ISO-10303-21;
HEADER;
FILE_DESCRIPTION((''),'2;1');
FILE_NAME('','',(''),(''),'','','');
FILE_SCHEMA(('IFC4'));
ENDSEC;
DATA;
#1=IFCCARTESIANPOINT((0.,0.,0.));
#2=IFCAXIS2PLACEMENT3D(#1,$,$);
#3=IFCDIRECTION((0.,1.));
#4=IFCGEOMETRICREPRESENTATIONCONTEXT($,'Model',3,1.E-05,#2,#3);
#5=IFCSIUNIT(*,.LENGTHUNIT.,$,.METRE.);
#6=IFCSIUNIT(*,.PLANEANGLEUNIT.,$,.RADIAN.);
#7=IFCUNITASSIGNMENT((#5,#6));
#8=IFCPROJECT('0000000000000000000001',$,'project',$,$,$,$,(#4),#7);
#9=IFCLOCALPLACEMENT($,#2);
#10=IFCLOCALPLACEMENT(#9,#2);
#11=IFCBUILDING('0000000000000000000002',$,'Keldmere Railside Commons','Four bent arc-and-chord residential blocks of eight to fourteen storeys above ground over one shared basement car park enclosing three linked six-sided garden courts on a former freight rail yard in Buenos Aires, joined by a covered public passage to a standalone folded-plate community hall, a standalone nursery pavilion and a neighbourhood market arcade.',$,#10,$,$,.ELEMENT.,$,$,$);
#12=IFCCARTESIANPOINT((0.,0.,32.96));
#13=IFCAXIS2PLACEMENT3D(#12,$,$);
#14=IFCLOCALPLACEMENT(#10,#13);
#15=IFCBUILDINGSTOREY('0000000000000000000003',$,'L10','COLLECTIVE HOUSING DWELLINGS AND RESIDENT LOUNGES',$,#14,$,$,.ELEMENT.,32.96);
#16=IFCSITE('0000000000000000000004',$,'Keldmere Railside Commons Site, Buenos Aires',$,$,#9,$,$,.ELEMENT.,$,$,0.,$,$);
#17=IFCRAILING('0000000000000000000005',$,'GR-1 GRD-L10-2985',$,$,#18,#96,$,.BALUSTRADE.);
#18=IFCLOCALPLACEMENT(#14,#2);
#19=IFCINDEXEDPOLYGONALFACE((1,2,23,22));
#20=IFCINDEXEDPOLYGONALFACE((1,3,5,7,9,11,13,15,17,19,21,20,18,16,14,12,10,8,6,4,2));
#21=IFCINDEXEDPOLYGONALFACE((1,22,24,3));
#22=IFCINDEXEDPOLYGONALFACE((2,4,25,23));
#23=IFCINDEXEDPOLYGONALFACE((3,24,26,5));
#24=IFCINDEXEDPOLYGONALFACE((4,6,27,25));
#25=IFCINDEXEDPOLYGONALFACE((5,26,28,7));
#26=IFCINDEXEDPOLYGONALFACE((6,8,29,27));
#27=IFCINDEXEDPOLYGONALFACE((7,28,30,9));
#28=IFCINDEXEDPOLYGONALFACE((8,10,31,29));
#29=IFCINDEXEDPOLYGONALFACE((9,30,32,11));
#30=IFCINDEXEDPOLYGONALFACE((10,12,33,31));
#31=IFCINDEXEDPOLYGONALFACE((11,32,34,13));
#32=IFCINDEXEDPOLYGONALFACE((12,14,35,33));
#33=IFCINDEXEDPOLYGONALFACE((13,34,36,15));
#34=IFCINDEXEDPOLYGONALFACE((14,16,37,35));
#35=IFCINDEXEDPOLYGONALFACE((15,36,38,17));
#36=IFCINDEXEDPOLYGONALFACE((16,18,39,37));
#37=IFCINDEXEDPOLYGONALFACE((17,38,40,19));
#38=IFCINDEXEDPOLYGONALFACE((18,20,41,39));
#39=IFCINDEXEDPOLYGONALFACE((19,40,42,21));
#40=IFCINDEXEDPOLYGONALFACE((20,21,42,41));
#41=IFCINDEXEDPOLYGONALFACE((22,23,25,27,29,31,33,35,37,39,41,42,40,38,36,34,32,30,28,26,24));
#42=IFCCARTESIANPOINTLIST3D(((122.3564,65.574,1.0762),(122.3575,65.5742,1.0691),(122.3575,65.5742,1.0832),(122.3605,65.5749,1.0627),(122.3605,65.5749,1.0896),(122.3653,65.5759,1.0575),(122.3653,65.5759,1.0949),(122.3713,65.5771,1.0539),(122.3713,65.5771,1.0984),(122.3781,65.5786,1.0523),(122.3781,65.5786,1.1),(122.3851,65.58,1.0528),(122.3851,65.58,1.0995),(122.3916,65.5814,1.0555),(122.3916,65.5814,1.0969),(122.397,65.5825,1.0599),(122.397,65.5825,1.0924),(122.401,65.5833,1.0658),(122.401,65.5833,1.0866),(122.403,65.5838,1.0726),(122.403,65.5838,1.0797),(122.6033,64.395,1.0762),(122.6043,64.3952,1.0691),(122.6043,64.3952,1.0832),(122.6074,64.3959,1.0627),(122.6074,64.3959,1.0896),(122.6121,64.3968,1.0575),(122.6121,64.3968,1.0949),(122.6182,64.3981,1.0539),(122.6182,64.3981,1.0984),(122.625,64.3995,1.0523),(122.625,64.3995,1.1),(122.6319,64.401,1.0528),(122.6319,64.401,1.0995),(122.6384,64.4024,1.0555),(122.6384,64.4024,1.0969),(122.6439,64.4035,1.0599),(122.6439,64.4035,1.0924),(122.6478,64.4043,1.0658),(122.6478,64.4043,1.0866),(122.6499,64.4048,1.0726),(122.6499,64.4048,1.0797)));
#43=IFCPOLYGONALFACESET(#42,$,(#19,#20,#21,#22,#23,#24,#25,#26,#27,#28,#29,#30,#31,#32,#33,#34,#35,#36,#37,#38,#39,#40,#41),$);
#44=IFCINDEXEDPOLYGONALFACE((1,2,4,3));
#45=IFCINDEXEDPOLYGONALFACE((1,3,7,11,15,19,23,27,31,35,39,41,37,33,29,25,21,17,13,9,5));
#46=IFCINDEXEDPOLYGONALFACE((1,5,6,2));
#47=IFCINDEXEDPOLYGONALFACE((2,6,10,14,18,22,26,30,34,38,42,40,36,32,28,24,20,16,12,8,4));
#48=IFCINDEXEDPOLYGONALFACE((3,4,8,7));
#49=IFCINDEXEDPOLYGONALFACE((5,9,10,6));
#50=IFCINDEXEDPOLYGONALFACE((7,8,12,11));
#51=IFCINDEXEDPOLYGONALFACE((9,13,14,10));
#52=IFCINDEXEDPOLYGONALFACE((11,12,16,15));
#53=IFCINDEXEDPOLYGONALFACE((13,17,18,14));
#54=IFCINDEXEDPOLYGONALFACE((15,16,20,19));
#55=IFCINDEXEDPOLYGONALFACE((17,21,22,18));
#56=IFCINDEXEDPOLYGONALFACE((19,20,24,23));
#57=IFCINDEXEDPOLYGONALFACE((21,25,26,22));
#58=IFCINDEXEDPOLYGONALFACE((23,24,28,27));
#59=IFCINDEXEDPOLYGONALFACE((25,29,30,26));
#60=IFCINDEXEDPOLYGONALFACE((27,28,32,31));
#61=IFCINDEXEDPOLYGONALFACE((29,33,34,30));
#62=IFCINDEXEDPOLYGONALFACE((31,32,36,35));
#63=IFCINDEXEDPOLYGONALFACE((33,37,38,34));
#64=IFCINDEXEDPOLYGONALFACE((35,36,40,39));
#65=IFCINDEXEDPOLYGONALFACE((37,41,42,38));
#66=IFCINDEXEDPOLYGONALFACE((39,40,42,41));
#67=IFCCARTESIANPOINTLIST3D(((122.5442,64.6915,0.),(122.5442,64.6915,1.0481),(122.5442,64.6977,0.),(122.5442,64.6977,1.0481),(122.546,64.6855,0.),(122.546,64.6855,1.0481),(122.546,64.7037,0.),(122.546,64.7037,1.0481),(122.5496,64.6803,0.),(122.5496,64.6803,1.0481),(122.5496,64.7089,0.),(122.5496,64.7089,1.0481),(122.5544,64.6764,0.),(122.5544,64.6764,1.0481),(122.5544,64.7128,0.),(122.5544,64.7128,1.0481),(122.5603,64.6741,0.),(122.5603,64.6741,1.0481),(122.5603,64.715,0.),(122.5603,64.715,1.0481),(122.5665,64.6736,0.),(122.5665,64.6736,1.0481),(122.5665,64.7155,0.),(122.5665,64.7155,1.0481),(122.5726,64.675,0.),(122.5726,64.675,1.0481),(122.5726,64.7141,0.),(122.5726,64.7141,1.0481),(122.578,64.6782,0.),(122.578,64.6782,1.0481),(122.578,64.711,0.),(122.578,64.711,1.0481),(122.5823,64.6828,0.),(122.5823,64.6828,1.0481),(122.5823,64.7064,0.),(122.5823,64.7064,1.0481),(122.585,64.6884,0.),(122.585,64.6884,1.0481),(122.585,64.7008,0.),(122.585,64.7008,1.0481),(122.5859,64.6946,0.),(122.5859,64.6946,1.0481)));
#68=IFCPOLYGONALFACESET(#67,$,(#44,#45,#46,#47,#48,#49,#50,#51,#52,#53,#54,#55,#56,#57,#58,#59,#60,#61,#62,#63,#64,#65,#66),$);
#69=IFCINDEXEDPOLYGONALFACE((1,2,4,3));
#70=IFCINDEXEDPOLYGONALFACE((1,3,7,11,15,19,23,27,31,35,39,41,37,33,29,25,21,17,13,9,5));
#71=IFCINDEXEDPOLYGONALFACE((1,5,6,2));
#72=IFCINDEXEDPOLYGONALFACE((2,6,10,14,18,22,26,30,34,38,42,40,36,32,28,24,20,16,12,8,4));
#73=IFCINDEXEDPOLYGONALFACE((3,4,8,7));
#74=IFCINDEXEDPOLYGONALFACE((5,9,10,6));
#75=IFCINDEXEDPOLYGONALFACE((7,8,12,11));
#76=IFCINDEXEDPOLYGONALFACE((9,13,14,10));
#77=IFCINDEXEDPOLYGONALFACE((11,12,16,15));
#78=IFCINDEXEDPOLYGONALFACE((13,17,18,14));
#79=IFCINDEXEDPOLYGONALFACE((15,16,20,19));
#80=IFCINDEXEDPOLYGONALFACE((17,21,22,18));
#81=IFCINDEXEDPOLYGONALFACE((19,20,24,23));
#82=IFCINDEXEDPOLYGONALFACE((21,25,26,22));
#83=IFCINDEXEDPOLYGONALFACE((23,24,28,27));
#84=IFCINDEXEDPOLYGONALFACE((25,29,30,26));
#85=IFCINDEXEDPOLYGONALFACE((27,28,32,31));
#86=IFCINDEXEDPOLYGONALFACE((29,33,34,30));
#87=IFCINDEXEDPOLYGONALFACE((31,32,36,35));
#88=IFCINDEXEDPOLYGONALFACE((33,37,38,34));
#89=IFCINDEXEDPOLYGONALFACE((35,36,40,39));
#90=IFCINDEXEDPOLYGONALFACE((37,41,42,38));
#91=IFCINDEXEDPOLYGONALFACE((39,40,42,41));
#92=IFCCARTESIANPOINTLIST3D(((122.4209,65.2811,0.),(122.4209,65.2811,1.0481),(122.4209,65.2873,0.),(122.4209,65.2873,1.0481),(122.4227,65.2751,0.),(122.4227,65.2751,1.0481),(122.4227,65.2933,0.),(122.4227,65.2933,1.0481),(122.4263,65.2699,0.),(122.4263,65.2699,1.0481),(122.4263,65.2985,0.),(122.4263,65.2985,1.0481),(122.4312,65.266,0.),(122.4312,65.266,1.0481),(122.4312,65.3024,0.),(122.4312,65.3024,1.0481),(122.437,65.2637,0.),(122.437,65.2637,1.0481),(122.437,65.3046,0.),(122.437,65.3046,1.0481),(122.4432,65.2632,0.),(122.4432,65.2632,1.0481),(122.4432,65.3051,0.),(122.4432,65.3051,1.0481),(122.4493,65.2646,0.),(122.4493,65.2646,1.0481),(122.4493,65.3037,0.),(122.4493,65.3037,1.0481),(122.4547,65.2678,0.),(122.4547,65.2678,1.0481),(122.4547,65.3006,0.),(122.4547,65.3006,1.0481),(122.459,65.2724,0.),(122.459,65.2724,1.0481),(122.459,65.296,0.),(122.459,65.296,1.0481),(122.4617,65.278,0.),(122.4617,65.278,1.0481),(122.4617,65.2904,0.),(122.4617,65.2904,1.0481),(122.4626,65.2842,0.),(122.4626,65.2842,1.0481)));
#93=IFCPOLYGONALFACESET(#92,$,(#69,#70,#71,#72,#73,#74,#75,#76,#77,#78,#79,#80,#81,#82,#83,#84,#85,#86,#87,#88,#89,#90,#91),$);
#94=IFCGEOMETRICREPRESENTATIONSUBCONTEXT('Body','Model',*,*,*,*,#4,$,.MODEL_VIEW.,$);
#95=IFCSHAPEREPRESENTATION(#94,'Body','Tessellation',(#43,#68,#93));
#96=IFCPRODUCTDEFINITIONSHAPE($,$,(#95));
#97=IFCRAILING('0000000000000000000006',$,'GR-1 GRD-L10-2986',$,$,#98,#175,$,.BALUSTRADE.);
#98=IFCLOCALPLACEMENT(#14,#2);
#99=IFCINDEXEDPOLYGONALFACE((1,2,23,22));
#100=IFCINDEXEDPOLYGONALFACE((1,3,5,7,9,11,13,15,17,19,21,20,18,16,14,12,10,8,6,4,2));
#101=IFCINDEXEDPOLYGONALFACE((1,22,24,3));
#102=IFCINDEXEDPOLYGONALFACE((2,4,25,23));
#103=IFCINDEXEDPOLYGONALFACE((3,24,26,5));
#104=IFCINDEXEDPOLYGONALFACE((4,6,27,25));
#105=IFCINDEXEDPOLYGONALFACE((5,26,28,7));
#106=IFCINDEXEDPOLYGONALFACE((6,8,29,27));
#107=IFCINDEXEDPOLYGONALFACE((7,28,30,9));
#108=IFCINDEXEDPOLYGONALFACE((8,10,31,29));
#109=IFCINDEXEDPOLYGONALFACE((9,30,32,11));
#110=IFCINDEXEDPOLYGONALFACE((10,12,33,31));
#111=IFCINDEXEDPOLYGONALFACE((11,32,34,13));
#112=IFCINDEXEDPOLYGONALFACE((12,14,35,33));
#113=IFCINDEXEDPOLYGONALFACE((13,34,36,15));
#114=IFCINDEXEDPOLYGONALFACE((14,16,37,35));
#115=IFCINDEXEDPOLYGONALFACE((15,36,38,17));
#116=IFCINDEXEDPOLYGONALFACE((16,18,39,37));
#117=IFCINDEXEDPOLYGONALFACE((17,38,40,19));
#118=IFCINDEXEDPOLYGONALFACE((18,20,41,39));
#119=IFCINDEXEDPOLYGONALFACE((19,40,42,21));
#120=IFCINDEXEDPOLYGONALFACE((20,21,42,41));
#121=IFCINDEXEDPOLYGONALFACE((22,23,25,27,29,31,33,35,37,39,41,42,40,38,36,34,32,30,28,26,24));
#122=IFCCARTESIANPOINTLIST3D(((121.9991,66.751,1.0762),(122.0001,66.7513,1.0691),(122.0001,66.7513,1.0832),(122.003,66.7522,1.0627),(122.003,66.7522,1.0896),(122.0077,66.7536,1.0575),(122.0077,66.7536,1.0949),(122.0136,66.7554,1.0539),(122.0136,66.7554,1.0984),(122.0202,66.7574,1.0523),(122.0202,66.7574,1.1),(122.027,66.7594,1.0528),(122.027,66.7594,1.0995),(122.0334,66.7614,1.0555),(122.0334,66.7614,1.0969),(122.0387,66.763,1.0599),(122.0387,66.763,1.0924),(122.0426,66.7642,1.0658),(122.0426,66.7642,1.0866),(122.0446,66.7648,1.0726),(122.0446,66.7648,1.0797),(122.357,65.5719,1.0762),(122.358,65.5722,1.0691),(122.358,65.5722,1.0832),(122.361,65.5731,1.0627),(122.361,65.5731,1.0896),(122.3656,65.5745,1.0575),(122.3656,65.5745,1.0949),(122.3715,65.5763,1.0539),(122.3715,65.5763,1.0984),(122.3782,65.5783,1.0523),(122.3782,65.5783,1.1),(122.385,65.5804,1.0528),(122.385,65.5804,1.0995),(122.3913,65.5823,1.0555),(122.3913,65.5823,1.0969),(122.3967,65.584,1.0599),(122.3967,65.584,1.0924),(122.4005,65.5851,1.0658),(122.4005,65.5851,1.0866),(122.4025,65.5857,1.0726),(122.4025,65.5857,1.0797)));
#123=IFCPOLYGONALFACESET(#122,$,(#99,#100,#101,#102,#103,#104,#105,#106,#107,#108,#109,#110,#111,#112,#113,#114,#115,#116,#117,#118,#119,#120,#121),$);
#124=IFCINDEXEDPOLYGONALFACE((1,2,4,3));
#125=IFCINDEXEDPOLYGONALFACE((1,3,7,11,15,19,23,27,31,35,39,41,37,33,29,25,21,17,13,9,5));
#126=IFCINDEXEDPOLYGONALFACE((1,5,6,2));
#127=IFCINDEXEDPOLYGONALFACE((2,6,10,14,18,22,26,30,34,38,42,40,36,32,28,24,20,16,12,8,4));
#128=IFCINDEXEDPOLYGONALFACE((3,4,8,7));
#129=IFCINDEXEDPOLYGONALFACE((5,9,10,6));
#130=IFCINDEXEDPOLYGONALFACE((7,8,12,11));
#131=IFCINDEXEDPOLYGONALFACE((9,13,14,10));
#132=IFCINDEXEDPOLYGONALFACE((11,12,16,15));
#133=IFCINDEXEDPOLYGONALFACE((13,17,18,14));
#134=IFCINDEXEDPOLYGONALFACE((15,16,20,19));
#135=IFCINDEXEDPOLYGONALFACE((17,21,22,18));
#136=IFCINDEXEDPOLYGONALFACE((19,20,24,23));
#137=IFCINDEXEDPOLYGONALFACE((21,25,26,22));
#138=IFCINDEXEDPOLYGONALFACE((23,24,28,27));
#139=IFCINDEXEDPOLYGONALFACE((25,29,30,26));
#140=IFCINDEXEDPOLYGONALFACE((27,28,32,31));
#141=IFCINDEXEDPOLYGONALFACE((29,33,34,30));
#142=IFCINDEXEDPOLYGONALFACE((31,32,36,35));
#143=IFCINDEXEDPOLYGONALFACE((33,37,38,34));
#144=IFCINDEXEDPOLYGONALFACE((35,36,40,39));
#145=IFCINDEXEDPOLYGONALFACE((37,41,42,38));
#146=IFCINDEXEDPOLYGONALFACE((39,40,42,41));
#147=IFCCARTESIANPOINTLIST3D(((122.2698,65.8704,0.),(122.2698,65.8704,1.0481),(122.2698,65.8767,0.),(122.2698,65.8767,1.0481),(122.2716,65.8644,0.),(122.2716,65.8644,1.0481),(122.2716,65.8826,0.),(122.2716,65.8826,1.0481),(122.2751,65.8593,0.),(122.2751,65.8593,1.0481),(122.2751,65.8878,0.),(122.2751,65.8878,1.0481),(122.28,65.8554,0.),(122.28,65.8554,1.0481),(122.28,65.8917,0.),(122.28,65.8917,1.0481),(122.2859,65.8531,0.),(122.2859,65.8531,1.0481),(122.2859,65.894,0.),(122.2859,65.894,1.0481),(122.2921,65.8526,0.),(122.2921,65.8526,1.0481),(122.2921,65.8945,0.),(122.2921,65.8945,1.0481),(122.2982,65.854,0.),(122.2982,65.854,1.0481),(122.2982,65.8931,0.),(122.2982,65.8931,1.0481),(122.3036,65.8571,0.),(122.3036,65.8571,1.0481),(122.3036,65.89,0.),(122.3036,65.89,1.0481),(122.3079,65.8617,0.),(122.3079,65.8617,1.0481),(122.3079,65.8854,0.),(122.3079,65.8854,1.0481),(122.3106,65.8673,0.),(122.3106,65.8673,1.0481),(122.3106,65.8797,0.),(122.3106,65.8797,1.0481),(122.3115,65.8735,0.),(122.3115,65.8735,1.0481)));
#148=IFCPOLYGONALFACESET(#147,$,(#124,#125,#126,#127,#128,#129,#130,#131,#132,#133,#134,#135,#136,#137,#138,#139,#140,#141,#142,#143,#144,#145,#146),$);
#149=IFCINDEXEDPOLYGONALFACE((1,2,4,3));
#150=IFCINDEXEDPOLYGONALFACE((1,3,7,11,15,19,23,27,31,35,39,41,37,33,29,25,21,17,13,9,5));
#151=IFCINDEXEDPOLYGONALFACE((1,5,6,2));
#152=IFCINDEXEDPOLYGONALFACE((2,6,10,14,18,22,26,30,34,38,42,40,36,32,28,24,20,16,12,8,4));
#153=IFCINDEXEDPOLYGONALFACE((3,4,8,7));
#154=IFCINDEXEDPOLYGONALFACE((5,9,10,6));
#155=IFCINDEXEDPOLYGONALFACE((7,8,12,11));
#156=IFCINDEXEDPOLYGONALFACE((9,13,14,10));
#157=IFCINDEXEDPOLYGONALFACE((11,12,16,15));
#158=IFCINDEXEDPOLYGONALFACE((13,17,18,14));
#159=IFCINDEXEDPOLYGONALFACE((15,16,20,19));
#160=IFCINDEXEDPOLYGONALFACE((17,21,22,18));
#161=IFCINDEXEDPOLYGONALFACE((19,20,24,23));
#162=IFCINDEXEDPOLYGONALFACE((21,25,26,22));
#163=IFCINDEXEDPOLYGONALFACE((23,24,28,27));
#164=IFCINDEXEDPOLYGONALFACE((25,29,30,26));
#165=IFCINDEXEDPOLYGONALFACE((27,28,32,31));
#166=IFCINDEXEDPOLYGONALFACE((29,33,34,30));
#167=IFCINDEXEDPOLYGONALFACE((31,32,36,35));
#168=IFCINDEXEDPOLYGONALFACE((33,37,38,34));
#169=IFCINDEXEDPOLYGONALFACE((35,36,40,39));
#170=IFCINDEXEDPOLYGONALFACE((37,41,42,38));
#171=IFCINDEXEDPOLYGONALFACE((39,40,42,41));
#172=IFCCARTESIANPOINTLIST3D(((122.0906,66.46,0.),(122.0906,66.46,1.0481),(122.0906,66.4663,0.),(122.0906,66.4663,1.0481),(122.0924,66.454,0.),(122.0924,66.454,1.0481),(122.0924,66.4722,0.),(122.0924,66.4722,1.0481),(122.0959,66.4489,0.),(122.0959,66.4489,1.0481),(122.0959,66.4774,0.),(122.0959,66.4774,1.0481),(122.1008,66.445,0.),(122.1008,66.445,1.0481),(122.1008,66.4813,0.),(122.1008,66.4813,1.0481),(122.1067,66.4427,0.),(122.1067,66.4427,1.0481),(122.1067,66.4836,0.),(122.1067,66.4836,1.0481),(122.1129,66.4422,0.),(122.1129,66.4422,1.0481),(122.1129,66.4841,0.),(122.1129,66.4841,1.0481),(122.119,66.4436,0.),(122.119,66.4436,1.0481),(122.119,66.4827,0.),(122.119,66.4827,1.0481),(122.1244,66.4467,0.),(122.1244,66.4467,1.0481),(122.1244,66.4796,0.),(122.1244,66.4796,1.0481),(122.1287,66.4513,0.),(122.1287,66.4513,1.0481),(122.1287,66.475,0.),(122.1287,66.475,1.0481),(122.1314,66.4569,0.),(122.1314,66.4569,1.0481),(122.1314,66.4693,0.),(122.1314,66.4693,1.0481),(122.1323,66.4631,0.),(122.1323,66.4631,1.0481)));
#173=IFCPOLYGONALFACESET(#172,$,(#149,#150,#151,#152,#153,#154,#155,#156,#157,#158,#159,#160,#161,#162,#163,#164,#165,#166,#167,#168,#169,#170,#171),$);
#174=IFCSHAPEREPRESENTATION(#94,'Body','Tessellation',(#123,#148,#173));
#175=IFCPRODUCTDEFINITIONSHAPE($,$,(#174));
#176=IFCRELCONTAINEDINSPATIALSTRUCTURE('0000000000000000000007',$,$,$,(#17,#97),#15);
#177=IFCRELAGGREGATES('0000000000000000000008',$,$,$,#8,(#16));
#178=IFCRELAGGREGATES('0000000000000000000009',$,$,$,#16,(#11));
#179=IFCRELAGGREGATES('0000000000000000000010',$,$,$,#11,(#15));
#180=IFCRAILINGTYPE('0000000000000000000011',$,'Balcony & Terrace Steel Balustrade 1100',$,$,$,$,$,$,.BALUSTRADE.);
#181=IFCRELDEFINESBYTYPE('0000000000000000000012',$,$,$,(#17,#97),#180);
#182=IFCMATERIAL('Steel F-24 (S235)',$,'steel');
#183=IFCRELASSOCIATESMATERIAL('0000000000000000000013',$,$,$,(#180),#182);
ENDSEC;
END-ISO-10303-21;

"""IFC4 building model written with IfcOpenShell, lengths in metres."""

from ifc_helpers import new_model, si_unit, direction, frame, origin, origin_2d, place, context, subcontext, project, spatial, circle, extrude, material, type_object, element, save


model = new_model("IFC4")

# Units and contexts
model_context = context("Model", 3, precision=1e-05, world=origin(), true_north=direction((0.0, 1.0)))
body_context = subcontext(model_context, "Body", "Model", "MODEL_VIEW")
ifc_project = project(units=[si_unit("LENGTHUNIT", "METRE"), si_unit("PLANEANGLEUNIT", "RADIAN")], contexts=[model_context])

# Site, building, storey
site_placement = place(None, origin())
site = spatial("IfcSite", under=ifc_project, at=site_placement, Name="Keldmere Railside Commons Site, Buenos Aires", CompositionType="ELEMENT", RefElevation=0.0)
building_placement = place(site_placement, origin())
building = spatial("IfcBuilding", under=site, at=building_placement, Name="Keldmere Railside Commons", Description="Four bent arc-and-chord residential blocks of eight to fourteen storeys above ground over one shared basement car park enclosing three linked six-sided garden courts on a former freight rail yard in Buenos Aires, joined by a covered public passage to a standalone folded-plate community hall, a standalone nursery pavilion and a neighbourhood market arcade.", CompositionType="ELEMENT")
storey_placement = place(building_placement, frame((0.0, 0.0, 32.96)))
storey = spatial("IfcBuildingStorey", under=building, at=storey_placement, Name="L10", Description="COLLECTIVE HOUSING DWELLINGS AND RESIDENT LOUNGES", CompositionType="ELEMENT", Elevation=32.96)

# Railings
ifc_material_1 = material(Name="Steel F-24 (S235)", Category="steel")
railing_type = type_object("IfcRailingType", Name="Balcony & Terrace Steel Balustrade 1100", PredefinedType="BALUSTRADE", material=ifc_material_1)
railing_1_placement = place(storey_placement, frame((122.6267, 64.3999, 0.0)))
element("IfcRailing", 1, at=railing_1_placement, inside=storey, type_object=railing_type, Name="GR-1 GRD-L10-2985", PredefinedType="BALUSTRADE", context=body_context, shape_type="SweptSolid", body=[
    extrude(circle(Radius=0.0239, at=origin_2d()), frame((0.0, 0.0, 1.0762), z_axis=(-0.204917, 0.978779, 0.0), x_axis=(-0.978779, -0.204917, 0.0)), (0.0, 0.0, 1.0), 1.2046),
    extrude(circle(Radius=0.021, at=origin_2d()), frame((-0.0618, 0.2947, 0.0)), (0.0, 0.0, 1.0), 1.0481),
    extrude(circle(Radius=0.021, at=origin_2d()), frame((-0.1851, 0.8843, 0.0)), (0.0, 0.0, 1.0), 1.0481),
])
railing_2_placement = place(storey_placement, frame((122.3799, 65.5789, 0.0)))
element("IfcRailing", 2, at=railing_2_placement, inside=storey, type_object=railing_type, Name="GR-1 GRD-L10-2986", PredefinedType="BALUSTRADE", context=body_context, shape_type="SweptSolid", body=[
    extrude(circle(Radius=0.0239, at=origin_2d()), frame((0.0, 0.0, 1.0762), z_axis=(-0.290491, 0.956878, 0.0), x_axis=(-0.956878, -0.290491, 0.0)), (0.0, 0.0, 1.0), 1.2322),
    extrude(circle(Radius=0.021, at=origin_2d()), frame((-0.0894, 0.2947, 0.0)), (0.0, 0.0, 1.0), 1.0481),
    extrude(circle(Radius=0.021, at=origin_2d()), frame((-0.2686, 0.8843, 0.0)), (0.0, 0.0, 1.0), 1.0481),
])

save(model, "model.ifc")
